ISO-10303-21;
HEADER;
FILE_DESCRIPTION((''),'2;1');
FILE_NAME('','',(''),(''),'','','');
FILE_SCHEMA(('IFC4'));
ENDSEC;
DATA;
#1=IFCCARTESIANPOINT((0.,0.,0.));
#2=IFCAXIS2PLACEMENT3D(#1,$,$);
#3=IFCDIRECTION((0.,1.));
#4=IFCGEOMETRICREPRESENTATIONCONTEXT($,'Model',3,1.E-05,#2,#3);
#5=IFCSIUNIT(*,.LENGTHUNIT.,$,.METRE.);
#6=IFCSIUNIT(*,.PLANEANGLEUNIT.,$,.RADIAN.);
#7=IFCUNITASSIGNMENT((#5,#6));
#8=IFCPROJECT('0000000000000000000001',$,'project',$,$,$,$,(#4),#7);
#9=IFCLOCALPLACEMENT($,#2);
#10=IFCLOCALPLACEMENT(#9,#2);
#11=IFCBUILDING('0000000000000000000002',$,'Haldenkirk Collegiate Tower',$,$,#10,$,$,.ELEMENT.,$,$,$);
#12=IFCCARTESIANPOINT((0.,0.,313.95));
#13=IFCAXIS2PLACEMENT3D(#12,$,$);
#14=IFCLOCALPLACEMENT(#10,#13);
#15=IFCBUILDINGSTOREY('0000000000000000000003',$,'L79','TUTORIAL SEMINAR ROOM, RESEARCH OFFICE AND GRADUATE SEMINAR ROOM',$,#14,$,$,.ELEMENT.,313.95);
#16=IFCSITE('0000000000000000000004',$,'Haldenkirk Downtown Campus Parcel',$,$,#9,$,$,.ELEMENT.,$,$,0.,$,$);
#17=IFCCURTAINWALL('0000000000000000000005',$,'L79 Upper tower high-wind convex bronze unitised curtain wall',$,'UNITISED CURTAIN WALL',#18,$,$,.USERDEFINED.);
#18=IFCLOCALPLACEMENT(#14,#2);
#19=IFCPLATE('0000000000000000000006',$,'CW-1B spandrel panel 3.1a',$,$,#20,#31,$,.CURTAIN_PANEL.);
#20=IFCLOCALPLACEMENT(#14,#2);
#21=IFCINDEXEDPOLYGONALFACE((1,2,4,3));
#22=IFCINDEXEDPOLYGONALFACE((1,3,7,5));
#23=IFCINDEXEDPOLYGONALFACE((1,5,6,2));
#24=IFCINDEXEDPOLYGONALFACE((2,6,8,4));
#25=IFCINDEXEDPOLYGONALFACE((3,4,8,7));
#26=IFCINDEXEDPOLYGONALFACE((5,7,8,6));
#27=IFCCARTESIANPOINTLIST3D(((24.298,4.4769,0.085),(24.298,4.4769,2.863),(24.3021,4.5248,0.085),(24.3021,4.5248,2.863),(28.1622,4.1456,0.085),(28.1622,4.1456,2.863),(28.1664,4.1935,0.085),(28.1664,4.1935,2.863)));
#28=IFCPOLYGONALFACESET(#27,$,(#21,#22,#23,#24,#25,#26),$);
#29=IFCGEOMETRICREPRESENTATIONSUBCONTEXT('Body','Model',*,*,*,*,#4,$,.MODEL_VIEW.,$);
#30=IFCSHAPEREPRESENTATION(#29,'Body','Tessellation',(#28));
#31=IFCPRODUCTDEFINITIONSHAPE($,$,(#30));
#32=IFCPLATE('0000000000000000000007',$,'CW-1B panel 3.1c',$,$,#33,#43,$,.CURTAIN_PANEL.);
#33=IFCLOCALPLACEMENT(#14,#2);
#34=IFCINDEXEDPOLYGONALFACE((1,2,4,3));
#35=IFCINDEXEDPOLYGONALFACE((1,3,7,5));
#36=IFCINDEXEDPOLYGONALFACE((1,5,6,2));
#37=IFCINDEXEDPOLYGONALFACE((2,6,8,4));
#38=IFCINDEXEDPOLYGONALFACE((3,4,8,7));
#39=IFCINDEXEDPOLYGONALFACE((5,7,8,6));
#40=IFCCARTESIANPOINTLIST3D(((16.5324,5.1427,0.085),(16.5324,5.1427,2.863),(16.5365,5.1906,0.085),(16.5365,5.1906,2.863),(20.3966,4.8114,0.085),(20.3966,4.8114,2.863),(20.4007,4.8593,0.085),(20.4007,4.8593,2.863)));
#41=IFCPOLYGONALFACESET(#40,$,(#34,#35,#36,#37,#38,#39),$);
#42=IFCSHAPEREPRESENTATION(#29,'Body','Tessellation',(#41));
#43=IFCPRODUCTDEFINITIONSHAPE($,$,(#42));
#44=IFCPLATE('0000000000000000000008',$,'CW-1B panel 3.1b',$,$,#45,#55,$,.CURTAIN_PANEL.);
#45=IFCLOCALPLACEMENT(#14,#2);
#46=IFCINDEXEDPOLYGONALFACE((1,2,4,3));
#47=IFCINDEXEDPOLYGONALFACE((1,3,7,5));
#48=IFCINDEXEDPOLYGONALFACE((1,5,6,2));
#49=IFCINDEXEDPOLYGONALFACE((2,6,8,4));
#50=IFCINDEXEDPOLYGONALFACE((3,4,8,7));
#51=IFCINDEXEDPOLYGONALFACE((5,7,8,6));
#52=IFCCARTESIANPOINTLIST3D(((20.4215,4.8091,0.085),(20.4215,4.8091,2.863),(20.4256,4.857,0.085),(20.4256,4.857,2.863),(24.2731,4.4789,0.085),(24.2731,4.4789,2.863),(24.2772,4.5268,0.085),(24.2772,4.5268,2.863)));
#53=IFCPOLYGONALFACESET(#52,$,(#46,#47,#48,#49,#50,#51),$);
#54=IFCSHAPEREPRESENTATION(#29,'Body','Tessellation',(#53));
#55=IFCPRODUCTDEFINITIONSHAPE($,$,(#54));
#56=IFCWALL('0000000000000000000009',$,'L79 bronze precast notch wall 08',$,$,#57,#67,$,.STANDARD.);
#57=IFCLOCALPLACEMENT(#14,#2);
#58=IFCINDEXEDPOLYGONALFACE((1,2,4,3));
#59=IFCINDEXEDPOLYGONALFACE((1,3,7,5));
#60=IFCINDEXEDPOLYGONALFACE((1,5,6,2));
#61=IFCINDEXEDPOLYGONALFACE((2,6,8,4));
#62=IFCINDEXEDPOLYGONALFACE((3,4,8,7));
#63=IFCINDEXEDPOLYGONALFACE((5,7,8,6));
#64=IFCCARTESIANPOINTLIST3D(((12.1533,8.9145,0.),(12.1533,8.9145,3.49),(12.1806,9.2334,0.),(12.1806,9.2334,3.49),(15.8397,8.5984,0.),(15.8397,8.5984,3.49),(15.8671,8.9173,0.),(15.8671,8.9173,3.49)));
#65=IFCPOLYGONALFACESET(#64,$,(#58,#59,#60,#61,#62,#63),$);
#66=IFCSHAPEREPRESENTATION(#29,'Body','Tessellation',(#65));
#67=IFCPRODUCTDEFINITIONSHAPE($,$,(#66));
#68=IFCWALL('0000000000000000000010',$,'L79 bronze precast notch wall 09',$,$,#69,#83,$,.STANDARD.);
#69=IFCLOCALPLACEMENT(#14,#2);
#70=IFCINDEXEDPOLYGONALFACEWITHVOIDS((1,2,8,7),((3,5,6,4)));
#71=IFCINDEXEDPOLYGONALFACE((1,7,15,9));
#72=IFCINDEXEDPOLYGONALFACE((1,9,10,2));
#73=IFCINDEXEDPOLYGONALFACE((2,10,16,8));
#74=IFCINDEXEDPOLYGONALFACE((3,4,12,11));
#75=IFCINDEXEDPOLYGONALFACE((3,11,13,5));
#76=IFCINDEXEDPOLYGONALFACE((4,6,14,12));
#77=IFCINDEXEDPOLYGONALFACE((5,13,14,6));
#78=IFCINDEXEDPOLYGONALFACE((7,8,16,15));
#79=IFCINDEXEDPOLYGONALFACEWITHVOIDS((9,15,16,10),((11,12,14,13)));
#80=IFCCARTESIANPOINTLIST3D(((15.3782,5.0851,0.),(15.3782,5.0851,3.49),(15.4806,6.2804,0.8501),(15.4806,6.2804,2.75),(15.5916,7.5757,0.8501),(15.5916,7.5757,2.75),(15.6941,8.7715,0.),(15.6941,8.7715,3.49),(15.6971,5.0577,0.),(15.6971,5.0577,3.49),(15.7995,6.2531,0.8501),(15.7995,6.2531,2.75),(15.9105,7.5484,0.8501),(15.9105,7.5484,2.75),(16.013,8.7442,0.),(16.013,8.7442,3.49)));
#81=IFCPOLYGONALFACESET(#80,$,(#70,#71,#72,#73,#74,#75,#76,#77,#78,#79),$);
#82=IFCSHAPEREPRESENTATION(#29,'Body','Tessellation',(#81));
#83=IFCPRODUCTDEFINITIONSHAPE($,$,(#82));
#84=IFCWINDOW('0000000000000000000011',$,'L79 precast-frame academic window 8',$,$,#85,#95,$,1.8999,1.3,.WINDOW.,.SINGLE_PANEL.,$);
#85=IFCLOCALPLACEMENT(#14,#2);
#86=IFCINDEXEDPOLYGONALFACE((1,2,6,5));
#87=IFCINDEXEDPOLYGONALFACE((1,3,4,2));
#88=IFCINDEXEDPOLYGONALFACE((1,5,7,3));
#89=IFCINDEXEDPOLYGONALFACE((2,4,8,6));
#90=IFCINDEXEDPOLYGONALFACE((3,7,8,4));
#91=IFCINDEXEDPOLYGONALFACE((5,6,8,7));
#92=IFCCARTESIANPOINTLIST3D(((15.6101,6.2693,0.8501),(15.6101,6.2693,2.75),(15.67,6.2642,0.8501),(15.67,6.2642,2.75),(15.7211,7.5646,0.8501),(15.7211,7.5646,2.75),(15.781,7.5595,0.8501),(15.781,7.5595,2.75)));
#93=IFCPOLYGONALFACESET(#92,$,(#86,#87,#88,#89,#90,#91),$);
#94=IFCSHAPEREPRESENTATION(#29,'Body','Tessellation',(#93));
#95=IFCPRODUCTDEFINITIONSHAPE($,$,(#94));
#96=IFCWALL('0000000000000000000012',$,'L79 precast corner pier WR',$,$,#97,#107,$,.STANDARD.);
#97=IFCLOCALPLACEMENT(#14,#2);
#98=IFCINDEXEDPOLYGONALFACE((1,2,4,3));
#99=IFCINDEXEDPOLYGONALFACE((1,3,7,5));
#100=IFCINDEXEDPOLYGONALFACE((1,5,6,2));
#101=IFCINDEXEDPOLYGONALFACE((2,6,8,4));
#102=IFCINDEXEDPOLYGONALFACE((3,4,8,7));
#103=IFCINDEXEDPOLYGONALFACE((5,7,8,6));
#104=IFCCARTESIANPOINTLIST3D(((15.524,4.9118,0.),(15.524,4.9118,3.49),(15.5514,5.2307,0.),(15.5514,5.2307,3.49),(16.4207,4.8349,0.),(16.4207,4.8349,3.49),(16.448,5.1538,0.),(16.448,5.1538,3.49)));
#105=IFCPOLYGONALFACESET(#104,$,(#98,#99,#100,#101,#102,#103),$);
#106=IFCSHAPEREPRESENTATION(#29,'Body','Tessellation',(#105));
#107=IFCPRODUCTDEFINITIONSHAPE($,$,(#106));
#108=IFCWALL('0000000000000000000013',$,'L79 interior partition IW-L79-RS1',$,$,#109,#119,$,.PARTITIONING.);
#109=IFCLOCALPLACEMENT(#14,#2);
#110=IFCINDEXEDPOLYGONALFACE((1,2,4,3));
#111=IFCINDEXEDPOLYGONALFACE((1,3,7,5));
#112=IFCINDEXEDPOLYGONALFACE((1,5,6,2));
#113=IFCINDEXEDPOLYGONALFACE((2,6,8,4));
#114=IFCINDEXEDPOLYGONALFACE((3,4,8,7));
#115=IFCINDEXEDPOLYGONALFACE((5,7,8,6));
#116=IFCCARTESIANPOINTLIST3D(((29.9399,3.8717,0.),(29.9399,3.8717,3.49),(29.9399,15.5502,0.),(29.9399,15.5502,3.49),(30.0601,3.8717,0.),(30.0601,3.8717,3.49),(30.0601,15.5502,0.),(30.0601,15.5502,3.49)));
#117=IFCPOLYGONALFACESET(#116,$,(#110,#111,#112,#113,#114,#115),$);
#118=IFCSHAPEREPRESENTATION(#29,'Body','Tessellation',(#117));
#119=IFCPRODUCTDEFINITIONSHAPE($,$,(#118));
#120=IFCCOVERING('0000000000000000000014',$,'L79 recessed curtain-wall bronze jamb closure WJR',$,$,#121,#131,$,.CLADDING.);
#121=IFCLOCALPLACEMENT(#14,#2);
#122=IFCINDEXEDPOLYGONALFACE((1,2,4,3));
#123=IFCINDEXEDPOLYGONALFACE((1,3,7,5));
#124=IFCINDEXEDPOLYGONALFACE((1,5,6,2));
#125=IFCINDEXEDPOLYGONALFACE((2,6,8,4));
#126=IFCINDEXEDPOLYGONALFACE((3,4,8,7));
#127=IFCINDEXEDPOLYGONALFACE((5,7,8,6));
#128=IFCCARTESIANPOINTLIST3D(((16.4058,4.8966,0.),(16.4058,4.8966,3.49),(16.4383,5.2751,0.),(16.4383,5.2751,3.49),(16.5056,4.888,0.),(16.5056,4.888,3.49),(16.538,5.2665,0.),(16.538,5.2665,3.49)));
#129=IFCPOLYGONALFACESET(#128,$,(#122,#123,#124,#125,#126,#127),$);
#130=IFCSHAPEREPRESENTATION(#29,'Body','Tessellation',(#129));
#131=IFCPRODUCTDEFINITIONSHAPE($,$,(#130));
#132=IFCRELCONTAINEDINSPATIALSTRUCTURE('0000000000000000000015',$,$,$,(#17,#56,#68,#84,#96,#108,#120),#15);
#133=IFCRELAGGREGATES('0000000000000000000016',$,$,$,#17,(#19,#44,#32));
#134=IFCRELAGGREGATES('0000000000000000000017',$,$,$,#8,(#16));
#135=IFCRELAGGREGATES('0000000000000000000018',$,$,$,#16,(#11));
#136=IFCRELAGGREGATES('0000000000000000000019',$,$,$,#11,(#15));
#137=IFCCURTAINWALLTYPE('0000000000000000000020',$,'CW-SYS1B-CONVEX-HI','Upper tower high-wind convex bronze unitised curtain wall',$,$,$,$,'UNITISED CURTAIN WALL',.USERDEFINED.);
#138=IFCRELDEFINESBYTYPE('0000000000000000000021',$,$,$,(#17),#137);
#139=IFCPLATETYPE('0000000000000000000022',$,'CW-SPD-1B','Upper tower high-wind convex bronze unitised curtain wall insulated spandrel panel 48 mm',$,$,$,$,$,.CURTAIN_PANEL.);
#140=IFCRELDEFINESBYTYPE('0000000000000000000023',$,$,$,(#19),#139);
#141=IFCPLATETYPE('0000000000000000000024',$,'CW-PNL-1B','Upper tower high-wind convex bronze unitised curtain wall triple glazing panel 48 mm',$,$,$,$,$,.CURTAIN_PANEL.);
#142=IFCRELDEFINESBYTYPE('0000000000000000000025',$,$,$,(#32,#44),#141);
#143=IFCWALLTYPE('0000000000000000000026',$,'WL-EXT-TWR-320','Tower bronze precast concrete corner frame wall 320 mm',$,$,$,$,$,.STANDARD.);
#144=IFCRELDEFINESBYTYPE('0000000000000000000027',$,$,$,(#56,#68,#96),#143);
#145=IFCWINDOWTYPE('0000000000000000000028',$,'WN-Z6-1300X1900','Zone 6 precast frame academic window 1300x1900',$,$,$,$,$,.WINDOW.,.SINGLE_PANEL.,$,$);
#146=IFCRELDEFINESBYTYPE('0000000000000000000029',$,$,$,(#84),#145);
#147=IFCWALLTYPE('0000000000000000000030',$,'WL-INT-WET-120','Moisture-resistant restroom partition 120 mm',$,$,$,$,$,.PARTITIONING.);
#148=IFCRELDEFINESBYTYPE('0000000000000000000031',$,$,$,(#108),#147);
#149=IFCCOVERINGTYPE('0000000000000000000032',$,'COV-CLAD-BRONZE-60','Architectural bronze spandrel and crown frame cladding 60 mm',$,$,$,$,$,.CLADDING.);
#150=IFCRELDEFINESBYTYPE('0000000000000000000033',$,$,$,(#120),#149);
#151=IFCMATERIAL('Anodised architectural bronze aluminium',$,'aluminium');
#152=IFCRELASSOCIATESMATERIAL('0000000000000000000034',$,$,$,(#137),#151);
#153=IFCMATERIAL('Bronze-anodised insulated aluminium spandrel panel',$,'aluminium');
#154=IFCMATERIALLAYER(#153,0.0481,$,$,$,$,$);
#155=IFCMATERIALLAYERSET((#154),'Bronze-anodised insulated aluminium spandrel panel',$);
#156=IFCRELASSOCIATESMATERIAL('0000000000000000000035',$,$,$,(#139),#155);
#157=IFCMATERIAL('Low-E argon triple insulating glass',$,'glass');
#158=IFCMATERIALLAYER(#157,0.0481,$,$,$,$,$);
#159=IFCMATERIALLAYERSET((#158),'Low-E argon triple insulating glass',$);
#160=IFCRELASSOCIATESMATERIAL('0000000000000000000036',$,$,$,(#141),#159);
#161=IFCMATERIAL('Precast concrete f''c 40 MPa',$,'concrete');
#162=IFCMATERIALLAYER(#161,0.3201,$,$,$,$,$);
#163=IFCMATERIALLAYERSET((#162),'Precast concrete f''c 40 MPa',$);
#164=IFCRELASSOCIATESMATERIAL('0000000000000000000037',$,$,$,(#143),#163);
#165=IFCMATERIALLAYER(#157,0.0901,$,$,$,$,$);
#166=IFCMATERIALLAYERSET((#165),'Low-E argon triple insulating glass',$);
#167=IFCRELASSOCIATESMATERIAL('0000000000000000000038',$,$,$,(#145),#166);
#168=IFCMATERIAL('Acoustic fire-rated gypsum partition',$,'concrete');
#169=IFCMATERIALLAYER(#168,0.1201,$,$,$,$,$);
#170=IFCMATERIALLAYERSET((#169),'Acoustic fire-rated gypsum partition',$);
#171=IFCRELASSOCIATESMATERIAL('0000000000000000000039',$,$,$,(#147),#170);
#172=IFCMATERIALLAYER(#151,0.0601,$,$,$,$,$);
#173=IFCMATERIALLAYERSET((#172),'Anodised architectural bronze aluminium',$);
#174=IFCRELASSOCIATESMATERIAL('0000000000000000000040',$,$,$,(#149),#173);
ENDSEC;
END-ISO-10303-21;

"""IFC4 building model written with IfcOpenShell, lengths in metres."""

from ifc_helpers import new_model, si_unit, direction, frame, frame_2d, origin, origin_2d, place, context, subcontext, project, spatial, rectangle, extrude, source, transform, mapped, material, layer, layer_set, type_object, element, fill, aggregate, save


model = new_model("IFC4")

# Units and contexts
model_context = context("Model", 3, precision=1e-05, world=origin(), true_north=direction((0.0, 1.0)))
body_context = subcontext(model_context, "Body", "Model", "MODEL_VIEW")
ifc_project = project(units=[si_unit("LENGTHUNIT", "METRE"), si_unit("PLANEANGLEUNIT", "RADIAN")], contexts=[model_context])

# Site, building, storey
site_placement = place(None, origin())
site = spatial("IfcSite", under=ifc_project, at=site_placement, Name="Haldenkirk Downtown Campus Parcel", CompositionType="ELEMENT", RefElevation=0.0)
building_placement = place(site_placement, origin())
building = spatial("IfcBuilding", under=site, at=building_placement, Name="Haldenkirk Collegiate Tower", CompositionType="ELEMENT")
storey_placement = place(building_placement, frame((0.0, 0.0, 313.95)))
storey = spatial("IfcBuildingStorey", under=building, at=storey_placement, Name="L79", Description="TUTORIAL SEMINAR ROOM, RESEARCH OFFICE AND GRADUATE SEMINAR ROOM", CompositionType="ELEMENT", Elevation=313.95)

# Curtain wall, plates
ifc_material_1 = material(Name="Anodised architectural bronze aluminium", Category="aluminium")
curtain_wall_type = type_object("IfcCurtainWallType", Name="CW-SYS1B-CONVEX-HI", Description="Upper tower high-wind convex bronze unitised curtain wall", ElementType="UNITISED CURTAIN WALL", PredefinedType="USERDEFINED", material=ifc_material_1)
curtain_wall_placement = place(storey_placement, origin())
curtain_wall = element("IfcCurtainWall", 1, at=curtain_wall_placement, inside=storey, type_object=curtain_wall_type, Name="L79 Upper tower high-wind convex bronze unitised curtain wall", ObjectType="UNITISED CURTAIN WALL", PredefinedType="USERDEFINED")
ifc_material_2 = material(Name="Bronze-anodised insulated aluminium spandrel panel", Category="aluminium")
ifc_layer_1 = layer(ifc_material_2, 0.0481)
ifc_layer_set_1 = layer_set([ifc_layer_1], Name="Bronze-anodised insulated aluminium spandrel panel")
plate_type_1 = type_object("IfcPlateType", Name="CW-SPD-1B", Description="Upper tower high-wind convex bronze unitised curtain wall insulated spandrel panel 48 mm", PredefinedType="CURTAIN_PANEL", material=ifc_layer_set_1)
shared_shape_1 = source(origin(), body_context, "Body", "SweptSolid", [
    extrude(rectangle(XDim=3.8784, YDim=0.0481, at=origin_2d()), origin(), (0.0, 0.0, 1.0), 2.7781),
])
plate_1_placement = place(storey_placement, frame((26.2322, 4.3352, 0.085), z_axis=(0.0, 0.0, 1.0), x_axis=(-0.996345, 0.085418, 0.0)))
plate_1 = element("IfcPlate", 2, at=plate_1_placement, type_object=plate_type_1, Name="CW-1B spandrel panel 3.1a", PredefinedType="CURTAIN_PANEL", context=body_context, shape_type="MappedRepresentation", body=[
    mapped(shared_shape_1, transform((0.0, 0.0, 0.0), x_axis=(1.0, 0.0, 0.0), y_axis=(0.0, 1.0, 0.0), z_axis=(0.0, 0.0, 1.0), scale=1.0)),
])
ifc_material_3 = material(Name="Low-E argon triple insulating glass", Category="glass")
ifc_layer_2 = layer(ifc_material_3, 0.0481)
ifc_layer_set_2 = layer_set([ifc_layer_2], Name="Low-E argon triple insulating glass")
plate_type_2 = type_object("IfcPlateType", Name="CW-PNL-1B", Description="Upper tower high-wind convex bronze unitised curtain wall triple glazing panel 48 mm", PredefinedType="CURTAIN_PANEL", material=ifc_layer_set_2)
plate_2_placement = place(storey_placement, frame((18.4666, 5.001, 0.085), z_axis=(0.0, 0.0, 1.0), x_axis=(-0.996345, 0.085418, 0.0)))
plate_2 = element("IfcPlate", 3, at=plate_2_placement, type_object=plate_type_2, Name="CW-1B panel 3.1c", PredefinedType="CURTAIN_PANEL", context=body_context, shape_type="MappedRepresentation", body=[
    mapped(shared_shape_1, transform((0.0, 0.0, 0.0), x_axis=(1.0, 0.0, 0.0), y_axis=(0.0, 1.0, 0.0), z_axis=(0.0, 0.0, 1.0), scale=1.0)),
])
shared_shape_2 = source(origin(), body_context, "Body", "SweptSolid", [
    extrude(rectangle(XDim=3.8657, YDim=0.0481, at=origin_2d()), origin(), (0.0, 0.0, 1.0), 2.7781),
])
plate_3_placement = place(storey_placement, frame((22.3494, 4.668, 0.085), z_axis=(0.0, 0.0, 1.0), x_axis=(-0.996345, 0.085418, 0.0)))
plate_3 = element("IfcPlate", 4, at=plate_3_placement, type_object=plate_type_2, Name="CW-1B panel 3.1b", PredefinedType="CURTAIN_PANEL", context=body_context, shape_type="MappedRepresentation", body=[
    mapped(shared_shape_2, transform((0.0, 0.0, 0.0), x_axis=(1.0, 0.0, 0.0), y_axis=(0.0, 1.0, 0.0), z_axis=(0.0, 0.0, 1.0), scale=1.0)),
])
aggregate(curtain_wall, [plate_1, plate_3, plate_2])

# Wall
ifc_material_4 = material(Name="Precast concrete f'c 40 MPa", Category="concrete")
ifc_layer_3 = layer(ifc_material_4, 0.3201)
ifc_layer_set_3 = layer_set([ifc_layer_3], Name="Precast concrete f'c 40 MPa")
wall_type_1 = type_object("IfcWallType", Name="WL-EXT-TWR-320", Description="Tower bronze precast concrete corner frame wall 320 mm", PredefinedType="STANDARD", material=ifc_layer_set_3)
wall_1_placement = place(storey_placement, frame((15.8535, 8.7578, 0.0), z_axis=(0.0, 0.0, 1.0), x_axis=(-0.996343, 0.085448, 0.0)))
element("IfcWall", 5, at=wall_1_placement, inside=storey, type_object=wall_type_1, Name="L79 bronze precast notch wall 08", PredefinedType="STANDARD", context=body_context, shape_type="SweptSolid", body=[
    extrude(rectangle(XDim=3.7, YDim=0.3201, at=frame_2d((1.8501, 0.0))), origin(), (0.0, 0.0, 1.0), 3.49),
])

# Wall, opening, window
wall_2_placement = place(storey_placement, frame((15.5376, 5.0713, 0.0), z_axis=(0.0, 0.0, 1.0), x_axis=(0.085382, 0.996348, 0.0)))
wall_2 = element("IfcWall", 6, at=wall_2_placement, inside=storey, type_object=wall_type_1, Name="L79 bronze precast notch wall 09", PredefinedType="STANDARD", context=body_context, shape_type="SweptSolid", body=[
    extrude(rectangle(XDim=3.7, YDim=0.3201, at=frame_2d((1.8501, 0.0))), origin(), (0.0, 0.0, 1.0), 3.49),
])
opening_placement = place(wall_2_placement, frame((1.2, 0.0, 0.8501)))
opening = element("IfcOpeningElement", 7, at=opening_placement, cuts=wall_2, PredefinedType="OPENING", context=body_context, shape_type="SweptSolid", body=[
    extrude(rectangle(XDim=1.3, YDim=1.8999, at=frame_2d((0.6499, 0.95))), frame((0.0, 0.1699, 0.0), z_axis=(0.0, -1.0, 0.0), x_axis=(1.0, 0.0, 0.0)), (0.0, 0.0, 1.0), 0.3401),
])
ifc_layer_4 = layer(ifc_material_3, 0.0901)
ifc_layer_set_4 = layer_set([ifc_layer_4], Name="Low-E argon triple insulating glass")
window_type = type_object("IfcWindowType", Name="WN-Z6-1300X1900", Description="Zone 6 precast frame academic window 1300x1900", PartitioningType="SINGLE_PANEL", PredefinedType="WINDOW", material=ifc_layer_set_4)
window_placement = place(opening_placement, origin())
window = element("IfcWindow", 8, at=window_placement, inside=storey, type_object=window_type, Name="L79 precast-frame academic window 8", OverallHeight=1.8999, OverallWidth=1.3, PartitioningType="SINGLE_PANEL", PredefinedType="WINDOW", context=body_context, shape_type="SweptSolid", body=[
    extrude(rectangle(XDim=1.3, YDim=1.8999, at=frame_2d((0.6499, 0.95))), frame((0.0, 0.03, 0.0), z_axis=(0.0, -1.0, 0.0), x_axis=(1.0, 0.0, 0.0)), (0.0, 0.0, 1.0), 0.0601),
])
fill(opening, window)

# Walls
wall_3_placement = place(storey_placement, frame((16.4343, 4.9944, 0.0), z_axis=(0.0, 0.0, 1.0), x_axis=(-0.996343, 0.085447, 0.0)))
element("IfcWall", 9, at=wall_3_placement, inside=storey, type_object=wall_type_1, Name="L79 precast corner pier WR", PredefinedType="STANDARD", context=body_context, shape_type="SweptSolid", body=[
    extrude(rectangle(XDim=0.8999, YDim=0.3201, at=frame_2d((0.45, 0.0))), origin(), (0.0, 0.0, 1.0), 3.49),
])
ifc_material_5 = material(Name="Acoustic fire-rated gypsum partition", Category="concrete")
ifc_layer_5 = layer(ifc_material_5, 0.1201)
ifc_layer_set_5 = layer_set([ifc_layer_5], Name="Acoustic fire-rated gypsum partition")
wall_type_2 = type_object("IfcWallType", Name="WL-INT-WET-120", Description="Moisture-resistant restroom partition 120 mm", PredefinedType="PARTITIONING", material=ifc_layer_set_5)
wall_4_placement = place(storey_placement, frame((30.0, 3.8716, 0.0), z_axis=(0.0, 0.0, 1.0), x_axis=(0.0, 1.0, 0.0)))
element("IfcWall", 10, at=wall_4_placement, inside=storey, type_object=wall_type_2, Name="L79 interior partition IW-L79-RS1", PredefinedType="PARTITIONING", context=body_context, shape_type="SweptSolid", body=[
    extrude(rectangle(XDim=11.6785, YDim=0.1201, at=frame_2d((5.8394, 0.0))), origin(), (0.0, 0.0, 1.0), 3.49),
])

# Covering
ifc_layer_6 = layer(ifc_material_1, 0.0601)
ifc_layer_set_6 = layer_set([ifc_layer_6], Name="Anodised architectural bronze aluminium")
covering_type = type_object("IfcCoveringType", Name="COV-CLAD-BRONZE-60", Description="Architectural bronze spandrel and crown frame cladding 60 mm", PredefinedType="CLADDING", material=ifc_layer_set_6)
shared_shape_3 = source(origin(), body_context, "Body", "SweptSolid", [
    extrude(rectangle(XDim=0.1001, YDim=0.3799, at=origin_2d()), origin(), (0.0, 0.0, 1.0), 3.49),
])
covering_placement = place(storey_placement, frame((16.4719, 5.0815, 0.0), z_axis=(0.0, 0.0, 1.0), x_axis=(-0.996345, 0.085417, 0.0)))
element("IfcCovering", 11, at=covering_placement, inside=storey, type_object=covering_type, Name="L79 recessed curtain-wall bronze jamb closure WJR", PredefinedType="CLADDING", context=body_context, shape_type="MappedRepresentation", body=[
    mapped(shared_shape_3, transform((0.0, 0.0, 0.0), x_axis=(1.0, 0.0, 0.0), y_axis=(0.0, 1.0, 0.0), z_axis=(0.0, 0.0, 1.0), scale=1.0)),
])

save(model, "model.ifc")
